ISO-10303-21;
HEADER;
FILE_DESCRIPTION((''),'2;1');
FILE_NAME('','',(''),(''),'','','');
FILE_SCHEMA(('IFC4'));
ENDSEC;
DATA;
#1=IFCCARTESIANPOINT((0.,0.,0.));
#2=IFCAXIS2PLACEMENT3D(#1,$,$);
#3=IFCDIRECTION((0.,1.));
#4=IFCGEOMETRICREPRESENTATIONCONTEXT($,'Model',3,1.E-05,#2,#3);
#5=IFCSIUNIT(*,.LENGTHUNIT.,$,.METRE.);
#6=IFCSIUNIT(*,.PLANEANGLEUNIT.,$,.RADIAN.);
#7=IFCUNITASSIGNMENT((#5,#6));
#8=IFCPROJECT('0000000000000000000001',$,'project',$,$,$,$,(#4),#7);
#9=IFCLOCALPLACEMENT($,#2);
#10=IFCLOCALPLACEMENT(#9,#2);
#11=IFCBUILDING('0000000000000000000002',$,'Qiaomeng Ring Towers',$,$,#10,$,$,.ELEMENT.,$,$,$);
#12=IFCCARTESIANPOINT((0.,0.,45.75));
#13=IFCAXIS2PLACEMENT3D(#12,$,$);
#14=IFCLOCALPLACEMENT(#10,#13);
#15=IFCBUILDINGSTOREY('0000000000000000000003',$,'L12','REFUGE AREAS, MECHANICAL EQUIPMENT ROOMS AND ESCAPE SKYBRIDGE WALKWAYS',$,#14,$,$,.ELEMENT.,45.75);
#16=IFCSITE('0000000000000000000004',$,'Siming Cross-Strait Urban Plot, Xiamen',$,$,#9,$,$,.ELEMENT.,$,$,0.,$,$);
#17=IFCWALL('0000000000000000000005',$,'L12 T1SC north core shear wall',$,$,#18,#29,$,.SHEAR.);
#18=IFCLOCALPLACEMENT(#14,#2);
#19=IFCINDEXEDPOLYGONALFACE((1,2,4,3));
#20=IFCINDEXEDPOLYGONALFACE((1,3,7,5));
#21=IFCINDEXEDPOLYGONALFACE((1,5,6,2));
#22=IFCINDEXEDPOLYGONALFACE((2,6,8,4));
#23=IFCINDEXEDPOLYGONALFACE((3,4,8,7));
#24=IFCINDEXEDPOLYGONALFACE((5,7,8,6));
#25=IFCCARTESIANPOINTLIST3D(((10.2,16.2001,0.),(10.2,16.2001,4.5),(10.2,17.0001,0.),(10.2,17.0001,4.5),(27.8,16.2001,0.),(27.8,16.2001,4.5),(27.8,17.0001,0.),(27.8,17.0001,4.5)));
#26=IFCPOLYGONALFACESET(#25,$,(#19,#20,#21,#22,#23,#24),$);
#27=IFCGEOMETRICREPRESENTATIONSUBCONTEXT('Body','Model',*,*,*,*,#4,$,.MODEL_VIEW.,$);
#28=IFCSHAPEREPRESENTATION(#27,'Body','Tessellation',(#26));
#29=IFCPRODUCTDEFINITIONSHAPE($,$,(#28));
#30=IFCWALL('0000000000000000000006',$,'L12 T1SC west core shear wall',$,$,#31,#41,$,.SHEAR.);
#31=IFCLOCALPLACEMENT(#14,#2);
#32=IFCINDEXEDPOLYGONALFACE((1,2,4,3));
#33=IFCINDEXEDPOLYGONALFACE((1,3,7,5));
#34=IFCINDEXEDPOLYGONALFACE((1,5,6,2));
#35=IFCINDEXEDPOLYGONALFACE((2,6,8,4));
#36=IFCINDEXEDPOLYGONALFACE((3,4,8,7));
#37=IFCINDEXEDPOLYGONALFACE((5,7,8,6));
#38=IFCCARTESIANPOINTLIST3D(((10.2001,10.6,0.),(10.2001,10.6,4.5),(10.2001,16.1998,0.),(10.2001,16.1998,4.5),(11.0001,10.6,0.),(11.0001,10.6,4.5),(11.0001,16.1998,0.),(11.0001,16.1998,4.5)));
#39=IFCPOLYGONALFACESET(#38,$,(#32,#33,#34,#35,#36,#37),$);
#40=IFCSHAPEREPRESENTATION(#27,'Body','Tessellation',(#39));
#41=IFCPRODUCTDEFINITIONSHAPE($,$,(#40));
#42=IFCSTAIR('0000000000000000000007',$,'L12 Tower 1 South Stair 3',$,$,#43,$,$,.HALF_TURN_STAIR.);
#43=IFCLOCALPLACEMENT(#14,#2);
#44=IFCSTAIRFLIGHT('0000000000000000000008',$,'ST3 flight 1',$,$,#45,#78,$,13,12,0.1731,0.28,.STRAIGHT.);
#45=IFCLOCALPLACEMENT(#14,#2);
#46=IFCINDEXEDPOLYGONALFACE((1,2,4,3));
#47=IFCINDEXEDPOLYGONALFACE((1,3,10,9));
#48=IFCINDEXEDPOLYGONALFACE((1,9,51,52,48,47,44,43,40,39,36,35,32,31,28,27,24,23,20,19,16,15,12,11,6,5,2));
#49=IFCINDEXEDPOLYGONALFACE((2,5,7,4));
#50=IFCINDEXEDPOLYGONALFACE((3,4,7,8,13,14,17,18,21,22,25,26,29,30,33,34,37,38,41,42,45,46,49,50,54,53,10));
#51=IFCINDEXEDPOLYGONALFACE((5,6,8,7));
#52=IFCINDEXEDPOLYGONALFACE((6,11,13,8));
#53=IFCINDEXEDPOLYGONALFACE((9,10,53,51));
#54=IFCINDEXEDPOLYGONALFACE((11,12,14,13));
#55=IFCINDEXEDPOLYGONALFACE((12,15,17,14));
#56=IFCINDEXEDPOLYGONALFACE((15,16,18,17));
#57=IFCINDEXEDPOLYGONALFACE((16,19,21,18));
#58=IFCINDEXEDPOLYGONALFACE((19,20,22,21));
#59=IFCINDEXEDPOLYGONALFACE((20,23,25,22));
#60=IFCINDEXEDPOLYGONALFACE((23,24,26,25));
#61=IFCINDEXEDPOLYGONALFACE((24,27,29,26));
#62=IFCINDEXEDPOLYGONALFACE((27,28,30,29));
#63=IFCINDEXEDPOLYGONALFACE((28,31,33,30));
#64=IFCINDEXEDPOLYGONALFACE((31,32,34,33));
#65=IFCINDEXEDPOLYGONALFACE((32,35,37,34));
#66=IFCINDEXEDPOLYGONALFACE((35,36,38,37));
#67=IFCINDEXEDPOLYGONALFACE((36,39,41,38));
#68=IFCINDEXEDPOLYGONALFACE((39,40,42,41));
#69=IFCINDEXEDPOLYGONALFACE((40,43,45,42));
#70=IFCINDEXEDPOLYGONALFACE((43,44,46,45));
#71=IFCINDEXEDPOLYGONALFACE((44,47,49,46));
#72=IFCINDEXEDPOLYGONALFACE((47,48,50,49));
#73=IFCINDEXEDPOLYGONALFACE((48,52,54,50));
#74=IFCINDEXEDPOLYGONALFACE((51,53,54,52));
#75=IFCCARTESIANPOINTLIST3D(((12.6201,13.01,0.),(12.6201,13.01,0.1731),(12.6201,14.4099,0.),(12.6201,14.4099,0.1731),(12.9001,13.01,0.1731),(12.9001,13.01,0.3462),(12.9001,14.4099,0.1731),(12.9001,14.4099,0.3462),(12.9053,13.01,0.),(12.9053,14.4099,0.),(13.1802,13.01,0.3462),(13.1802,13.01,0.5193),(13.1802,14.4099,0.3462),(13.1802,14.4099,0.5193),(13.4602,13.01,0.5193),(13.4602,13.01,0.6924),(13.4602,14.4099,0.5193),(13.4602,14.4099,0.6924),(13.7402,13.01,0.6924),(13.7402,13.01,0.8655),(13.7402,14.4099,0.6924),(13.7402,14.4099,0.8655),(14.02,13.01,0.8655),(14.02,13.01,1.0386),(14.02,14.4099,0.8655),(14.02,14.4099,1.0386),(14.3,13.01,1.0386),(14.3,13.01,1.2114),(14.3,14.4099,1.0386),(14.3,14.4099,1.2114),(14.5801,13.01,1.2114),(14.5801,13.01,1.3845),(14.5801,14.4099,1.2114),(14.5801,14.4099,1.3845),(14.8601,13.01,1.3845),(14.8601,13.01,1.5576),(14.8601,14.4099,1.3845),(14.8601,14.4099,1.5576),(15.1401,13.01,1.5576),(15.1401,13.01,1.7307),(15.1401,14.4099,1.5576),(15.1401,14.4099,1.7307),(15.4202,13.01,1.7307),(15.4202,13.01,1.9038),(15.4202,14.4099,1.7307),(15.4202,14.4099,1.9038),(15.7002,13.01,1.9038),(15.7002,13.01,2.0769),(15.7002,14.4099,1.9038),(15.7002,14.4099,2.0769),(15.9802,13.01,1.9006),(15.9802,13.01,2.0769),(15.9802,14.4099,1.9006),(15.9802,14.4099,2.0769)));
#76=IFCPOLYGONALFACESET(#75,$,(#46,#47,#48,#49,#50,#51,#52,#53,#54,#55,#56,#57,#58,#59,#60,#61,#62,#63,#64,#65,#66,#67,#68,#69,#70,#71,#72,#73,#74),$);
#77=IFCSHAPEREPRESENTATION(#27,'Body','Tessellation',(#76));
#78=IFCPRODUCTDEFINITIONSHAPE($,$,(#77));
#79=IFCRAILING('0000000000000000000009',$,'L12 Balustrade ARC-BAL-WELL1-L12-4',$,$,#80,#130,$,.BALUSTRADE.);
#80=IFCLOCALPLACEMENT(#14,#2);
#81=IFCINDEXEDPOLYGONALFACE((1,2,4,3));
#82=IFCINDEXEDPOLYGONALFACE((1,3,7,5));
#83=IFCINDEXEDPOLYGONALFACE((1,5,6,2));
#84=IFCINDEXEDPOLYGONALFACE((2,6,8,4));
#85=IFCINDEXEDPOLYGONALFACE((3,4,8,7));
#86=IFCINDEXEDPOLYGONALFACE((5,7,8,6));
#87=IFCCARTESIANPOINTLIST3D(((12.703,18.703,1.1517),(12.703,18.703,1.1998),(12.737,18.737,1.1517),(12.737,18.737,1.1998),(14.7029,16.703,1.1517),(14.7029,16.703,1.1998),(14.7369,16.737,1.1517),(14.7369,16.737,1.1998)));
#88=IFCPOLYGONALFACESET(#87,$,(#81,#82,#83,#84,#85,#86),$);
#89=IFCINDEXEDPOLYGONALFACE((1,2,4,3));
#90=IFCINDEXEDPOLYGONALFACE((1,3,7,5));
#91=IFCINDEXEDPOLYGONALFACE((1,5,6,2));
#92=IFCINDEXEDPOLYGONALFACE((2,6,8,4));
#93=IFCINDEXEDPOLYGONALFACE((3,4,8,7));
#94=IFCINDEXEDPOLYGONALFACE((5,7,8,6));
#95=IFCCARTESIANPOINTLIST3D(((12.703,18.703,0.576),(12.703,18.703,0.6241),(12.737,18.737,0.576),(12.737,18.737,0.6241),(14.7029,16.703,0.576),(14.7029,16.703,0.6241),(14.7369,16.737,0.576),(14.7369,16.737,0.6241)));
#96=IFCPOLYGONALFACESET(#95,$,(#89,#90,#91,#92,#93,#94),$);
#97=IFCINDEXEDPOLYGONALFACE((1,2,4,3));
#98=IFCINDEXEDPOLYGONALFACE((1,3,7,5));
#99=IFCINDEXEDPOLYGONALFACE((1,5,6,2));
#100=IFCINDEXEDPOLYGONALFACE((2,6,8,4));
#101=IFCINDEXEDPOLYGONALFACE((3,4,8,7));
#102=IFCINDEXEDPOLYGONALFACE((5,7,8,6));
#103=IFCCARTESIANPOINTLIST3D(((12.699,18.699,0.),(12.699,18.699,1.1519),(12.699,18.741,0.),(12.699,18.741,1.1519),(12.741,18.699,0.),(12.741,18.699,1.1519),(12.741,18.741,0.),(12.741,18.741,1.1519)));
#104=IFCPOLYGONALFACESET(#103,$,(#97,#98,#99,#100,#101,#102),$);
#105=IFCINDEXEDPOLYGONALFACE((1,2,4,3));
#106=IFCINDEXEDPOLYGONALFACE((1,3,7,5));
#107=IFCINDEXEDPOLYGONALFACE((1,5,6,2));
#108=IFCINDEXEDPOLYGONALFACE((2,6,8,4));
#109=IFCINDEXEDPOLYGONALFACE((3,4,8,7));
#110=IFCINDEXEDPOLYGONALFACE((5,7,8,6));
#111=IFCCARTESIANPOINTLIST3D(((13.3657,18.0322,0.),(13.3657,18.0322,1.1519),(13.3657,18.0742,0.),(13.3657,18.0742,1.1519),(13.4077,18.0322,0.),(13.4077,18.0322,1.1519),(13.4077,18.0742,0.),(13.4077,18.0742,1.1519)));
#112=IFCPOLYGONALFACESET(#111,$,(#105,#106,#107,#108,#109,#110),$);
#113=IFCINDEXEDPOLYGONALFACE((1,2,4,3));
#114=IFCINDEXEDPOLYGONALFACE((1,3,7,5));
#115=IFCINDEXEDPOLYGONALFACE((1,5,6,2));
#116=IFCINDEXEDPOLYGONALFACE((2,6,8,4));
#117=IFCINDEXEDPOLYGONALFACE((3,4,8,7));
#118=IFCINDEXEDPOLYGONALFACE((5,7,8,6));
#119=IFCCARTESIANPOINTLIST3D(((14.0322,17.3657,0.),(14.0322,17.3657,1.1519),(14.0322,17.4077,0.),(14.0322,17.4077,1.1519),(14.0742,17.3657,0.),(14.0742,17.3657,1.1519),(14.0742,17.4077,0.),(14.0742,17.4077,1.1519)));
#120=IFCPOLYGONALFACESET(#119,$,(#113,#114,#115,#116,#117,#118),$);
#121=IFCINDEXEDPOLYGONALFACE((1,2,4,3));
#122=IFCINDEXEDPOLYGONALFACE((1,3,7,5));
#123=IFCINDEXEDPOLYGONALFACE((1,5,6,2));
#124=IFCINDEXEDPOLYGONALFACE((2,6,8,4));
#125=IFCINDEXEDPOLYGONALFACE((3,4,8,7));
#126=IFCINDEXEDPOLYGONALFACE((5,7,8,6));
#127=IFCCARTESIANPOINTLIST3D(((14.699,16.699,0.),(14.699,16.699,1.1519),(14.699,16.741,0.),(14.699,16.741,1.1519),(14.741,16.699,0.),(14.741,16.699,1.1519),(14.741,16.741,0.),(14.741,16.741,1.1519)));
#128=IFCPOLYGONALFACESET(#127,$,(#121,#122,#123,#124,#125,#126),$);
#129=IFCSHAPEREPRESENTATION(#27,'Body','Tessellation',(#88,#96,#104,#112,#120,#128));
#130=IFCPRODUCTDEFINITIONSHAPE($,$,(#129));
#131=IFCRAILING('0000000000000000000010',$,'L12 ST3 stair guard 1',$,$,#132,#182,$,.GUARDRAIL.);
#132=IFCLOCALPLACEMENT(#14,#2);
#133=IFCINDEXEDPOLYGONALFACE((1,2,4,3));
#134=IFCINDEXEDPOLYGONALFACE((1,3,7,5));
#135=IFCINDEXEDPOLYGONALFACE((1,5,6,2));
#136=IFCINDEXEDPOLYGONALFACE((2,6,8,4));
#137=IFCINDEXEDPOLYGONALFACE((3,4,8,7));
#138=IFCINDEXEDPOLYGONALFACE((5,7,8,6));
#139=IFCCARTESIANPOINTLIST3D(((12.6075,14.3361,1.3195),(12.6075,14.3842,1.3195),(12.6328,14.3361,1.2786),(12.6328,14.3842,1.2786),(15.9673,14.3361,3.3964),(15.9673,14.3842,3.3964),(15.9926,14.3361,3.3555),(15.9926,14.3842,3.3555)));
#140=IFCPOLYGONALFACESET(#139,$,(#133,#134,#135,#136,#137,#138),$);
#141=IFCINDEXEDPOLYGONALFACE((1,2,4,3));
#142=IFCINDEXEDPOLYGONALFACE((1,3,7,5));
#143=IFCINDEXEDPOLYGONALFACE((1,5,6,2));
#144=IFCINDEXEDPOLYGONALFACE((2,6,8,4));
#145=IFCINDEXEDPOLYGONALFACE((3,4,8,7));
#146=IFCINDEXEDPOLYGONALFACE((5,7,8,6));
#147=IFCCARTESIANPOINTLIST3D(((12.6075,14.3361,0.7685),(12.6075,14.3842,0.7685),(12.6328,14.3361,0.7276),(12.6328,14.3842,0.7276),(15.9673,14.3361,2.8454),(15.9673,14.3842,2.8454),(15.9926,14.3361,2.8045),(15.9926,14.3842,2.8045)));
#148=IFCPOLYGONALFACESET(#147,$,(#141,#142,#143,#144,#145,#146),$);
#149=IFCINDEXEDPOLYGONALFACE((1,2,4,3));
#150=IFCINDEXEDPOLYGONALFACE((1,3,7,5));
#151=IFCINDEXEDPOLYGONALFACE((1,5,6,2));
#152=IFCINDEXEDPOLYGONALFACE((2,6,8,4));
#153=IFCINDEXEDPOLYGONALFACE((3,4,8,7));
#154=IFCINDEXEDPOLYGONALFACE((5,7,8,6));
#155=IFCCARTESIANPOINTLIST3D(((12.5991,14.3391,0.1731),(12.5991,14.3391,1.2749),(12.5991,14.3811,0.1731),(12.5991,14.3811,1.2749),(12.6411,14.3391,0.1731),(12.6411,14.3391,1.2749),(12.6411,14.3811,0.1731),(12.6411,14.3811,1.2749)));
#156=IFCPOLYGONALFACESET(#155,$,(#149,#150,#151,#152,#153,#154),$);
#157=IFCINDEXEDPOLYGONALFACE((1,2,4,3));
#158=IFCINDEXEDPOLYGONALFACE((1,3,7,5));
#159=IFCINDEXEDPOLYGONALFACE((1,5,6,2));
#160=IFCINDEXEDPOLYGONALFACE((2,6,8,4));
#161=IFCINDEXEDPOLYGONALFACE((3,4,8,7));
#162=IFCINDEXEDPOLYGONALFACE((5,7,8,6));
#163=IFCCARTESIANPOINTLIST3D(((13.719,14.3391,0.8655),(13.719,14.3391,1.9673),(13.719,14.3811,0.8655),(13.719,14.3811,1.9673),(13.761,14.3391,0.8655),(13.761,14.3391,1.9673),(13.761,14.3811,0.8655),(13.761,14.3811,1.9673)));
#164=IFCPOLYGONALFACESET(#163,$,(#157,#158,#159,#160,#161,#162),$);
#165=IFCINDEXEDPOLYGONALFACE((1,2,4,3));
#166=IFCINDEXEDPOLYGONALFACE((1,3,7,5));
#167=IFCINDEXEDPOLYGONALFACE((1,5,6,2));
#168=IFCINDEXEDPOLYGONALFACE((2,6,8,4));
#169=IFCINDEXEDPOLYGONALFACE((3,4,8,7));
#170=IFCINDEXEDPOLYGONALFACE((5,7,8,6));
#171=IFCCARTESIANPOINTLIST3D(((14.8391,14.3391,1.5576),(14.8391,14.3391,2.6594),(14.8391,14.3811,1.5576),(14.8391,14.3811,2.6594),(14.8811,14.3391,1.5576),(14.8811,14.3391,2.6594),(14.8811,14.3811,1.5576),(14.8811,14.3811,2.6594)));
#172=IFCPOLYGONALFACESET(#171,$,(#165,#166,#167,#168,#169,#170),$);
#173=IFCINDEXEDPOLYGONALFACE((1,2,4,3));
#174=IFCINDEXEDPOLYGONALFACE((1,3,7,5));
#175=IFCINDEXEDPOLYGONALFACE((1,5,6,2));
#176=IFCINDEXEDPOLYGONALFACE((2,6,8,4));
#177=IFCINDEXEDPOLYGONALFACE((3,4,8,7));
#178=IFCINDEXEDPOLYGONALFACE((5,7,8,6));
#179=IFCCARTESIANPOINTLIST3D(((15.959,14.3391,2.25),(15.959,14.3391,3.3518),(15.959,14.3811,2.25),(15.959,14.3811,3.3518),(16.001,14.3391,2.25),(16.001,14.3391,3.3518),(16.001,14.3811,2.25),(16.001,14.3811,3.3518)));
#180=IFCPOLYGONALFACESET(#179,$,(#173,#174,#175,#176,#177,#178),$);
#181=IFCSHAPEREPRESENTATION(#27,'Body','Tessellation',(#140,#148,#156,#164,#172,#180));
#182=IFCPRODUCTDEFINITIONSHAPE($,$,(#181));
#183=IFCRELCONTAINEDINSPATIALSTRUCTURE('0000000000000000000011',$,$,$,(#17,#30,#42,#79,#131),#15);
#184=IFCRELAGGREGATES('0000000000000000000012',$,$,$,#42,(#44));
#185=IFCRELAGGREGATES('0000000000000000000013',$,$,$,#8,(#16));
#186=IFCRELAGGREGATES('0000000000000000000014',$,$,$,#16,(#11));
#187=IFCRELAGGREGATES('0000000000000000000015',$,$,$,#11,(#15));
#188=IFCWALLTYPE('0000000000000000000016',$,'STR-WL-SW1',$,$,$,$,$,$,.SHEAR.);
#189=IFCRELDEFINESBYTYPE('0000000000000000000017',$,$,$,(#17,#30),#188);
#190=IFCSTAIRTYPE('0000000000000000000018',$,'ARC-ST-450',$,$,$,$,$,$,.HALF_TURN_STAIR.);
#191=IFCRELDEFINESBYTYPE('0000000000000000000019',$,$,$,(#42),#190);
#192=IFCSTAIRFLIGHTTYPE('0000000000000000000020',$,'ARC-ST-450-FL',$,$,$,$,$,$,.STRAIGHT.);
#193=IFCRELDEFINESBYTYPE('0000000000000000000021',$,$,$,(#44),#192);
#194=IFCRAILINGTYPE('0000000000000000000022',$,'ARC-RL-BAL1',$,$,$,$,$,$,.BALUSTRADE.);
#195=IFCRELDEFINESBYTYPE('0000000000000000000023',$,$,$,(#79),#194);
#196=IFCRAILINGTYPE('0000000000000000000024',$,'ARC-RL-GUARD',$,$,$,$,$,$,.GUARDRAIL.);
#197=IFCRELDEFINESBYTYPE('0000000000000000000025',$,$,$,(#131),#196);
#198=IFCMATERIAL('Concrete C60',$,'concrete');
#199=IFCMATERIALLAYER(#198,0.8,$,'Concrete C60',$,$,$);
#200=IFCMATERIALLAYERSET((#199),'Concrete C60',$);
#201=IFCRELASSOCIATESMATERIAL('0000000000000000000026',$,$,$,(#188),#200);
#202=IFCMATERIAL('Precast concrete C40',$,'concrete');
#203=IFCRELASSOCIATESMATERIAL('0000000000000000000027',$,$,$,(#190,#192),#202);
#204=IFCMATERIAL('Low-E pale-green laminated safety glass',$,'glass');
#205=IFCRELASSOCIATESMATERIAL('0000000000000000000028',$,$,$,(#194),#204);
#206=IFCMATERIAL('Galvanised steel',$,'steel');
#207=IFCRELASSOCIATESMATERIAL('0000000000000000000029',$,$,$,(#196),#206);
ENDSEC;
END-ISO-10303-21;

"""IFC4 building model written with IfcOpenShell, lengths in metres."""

from ifc_helpers import new_model, si_unit, direction, frame, frame_2d, origin, origin_2d, place, context, subcontext, project, spatial, polyline, rectangle, outline, extrude, source, transform, mapped, material, layer, layer_set, type_object, element, aggregate, save


model = new_model("IFC4")

# Units and contexts
model_context = context("Model", 3, precision=1e-05, world=origin(), true_north=direction((0.0, 1.0)))
body_context = subcontext(model_context, "Body", "Model", "MODEL_VIEW")
ifc_project = project(units=[si_unit("LENGTHUNIT", "METRE"), si_unit("PLANEANGLEUNIT", "RADIAN")], contexts=[model_context])

# Site, building, storey
site_placement = place(None, origin())
site = spatial("IfcSite", under=ifc_project, at=site_placement, Name="Siming Cross-Strait Urban Plot, Xiamen", CompositionType="ELEMENT", RefElevation=0.0)
building_placement = place(site_placement, origin())
building = spatial("IfcBuilding", under=site, at=building_placement, Name="Qiaomeng Ring Towers", CompositionType="ELEMENT")
storey_placement = place(building_placement, frame((0.0, 0.0, 45.75)))
storey = spatial("IfcBuildingStorey", under=building, at=storey_placement, Name="L12", Description="REFUGE AREAS, MECHANICAL EQUIPMENT ROOMS AND ESCAPE SKYBRIDGE WALKWAYS", CompositionType="ELEMENT", Elevation=45.75)

# Shared definitions
ifc_material_1 = material(Name="Galvanised steel", Category="steel")

# Shared definitions
ifc_material_2 = material(Name="Concrete C60", Category="concrete")
ifc_layer_1 = layer(ifc_material_2, 0.8, Name="Concrete C60")
ifc_layer_set_1 = layer_set([ifc_layer_1], Name="Concrete C60")
wall_type_1 = type_object("IfcWallType", Name="STR-WL-SW1", PredefinedType="SHEAR", material=ifc_layer_set_1)

# Walls
wall_1_placement = place(storey_placement, frame((10.2, 16.6001, 0.0), z_axis=(0.0, 0.0, 1.0), x_axis=(1.0, 0.0, 0.0)))
element("IfcWall", 1, at=wall_1_placement, inside=storey, type_object=wall_type_1, Name="L12 T1SC north core shear wall", PredefinedType="SHEAR", context=body_context, shape_type="SweptSolid", body=[
    extrude(rectangle(XDim=17.6001, YDim=0.8, at=frame_2d((8.8, 0.0))), origin(), (0.0, 0.0, 1.0), 4.5),
])
wall_2_placement = place(storey_placement, frame((10.6001, 10.6001, 0.0), z_axis=(0.0, 0.0, 1.0), x_axis=(0.0, 1.0, 0.0)))
element("IfcWall", 2, at=wall_2_placement, inside=storey, type_object=wall_type_1, Name="L12 T1SC west core shear wall", PredefinedType="SHEAR", context=body_context, shape_type="SweptSolid", body=[
    extrude(rectangle(XDim=5.5999, YDim=0.8, at=frame_2d((2.7998, 0.0))), origin(), (0.0, 0.0, 1.0), 4.5),
])

# Stair, stair flight
ifc_material_3 = material(Name="Precast concrete C40", Category="concrete")
stair_type = type_object("IfcStairType", Name="ARC-ST-450", PredefinedType="HALF_TURN_STAIR", material=ifc_material_3)
stair_placement = place(storey_placement, origin())
stair = element("IfcStair", 3, at=stair_placement, inside=storey, type_object=stair_type, Name="L12 Tower 1 South Stair 3", PredefinedType="HALF_TURN_STAIR")
stair_flight_type = type_object("IfcStairFlightType", Name="ARC-ST-450-FL", PredefinedType="STRAIGHT", material=ifc_material_3)
shared_shape_1 = source(origin(), body_context, "Body", "SweptSolid", [
    extrude(outline(polyline([(0.0, 0.0), (0.0, 0.1731), (0.28, 0.1731), (0.28, 0.3462), (0.5601, 0.3462), (0.5601, 0.5193), (0.8401, 0.5193), (0.8401, 0.6924), (1.1201, 0.6924), (1.1201, 0.8655), (1.3999, 0.8655), (1.3999, 1.0386), (1.6799, 1.0386), (1.6799, 1.2114), (1.96, 1.2114), (1.96, 1.3845), (2.24, 1.3845), (2.24, 1.5576), (2.52, 1.5576), (2.52, 1.7307), (2.8, 1.7307), (2.8, 1.9038), (3.0801, 1.9038), (3.0801, 2.0769), (3.3601, 2.0769), (3.3601, 2.25), (3.3601, 1.9006), (0.2852, 0.0), (0.0, 0.0)])), frame((0.0, 0.7, 0.0), z_axis=(0.0, -1.0, 0.0), x_axis=(1.0, 0.0, 0.0)), (0.0, 0.0, 1.0), 1.3999),
])
stair_flight_placement = place(storey_placement, frame((12.6201, 13.71, 0.0), z_axis=(0.0, 0.0, 1.0), x_axis=(1.0, 0.0, 0.0)))
stair_flight = element("IfcStairFlight", 4, at=stair_flight_placement, type_object=stair_flight_type, Name="ST3 flight 1", NumberOfRisers=13, NumberOfTreads=12, PredefinedType="STRAIGHT", RiserHeight=0.1731, TreadLength=0.28, context=body_context, shape_type="MappedRepresentation", body=[
    mapped(shared_shape_1, transform((0.0, 0.0, 0.0), x_axis=(1.0, 0.0, 0.0), y_axis=(0.0, 1.0, 0.0), z_axis=(0.0, 0.0, 1.0), scale=1.0)),
])
aggregate(stair, [stair_flight])

# Railings
ifc_material_4 = material(Name="Low-E pale-green laminated safety glass", Category="glass")
railing_type_1 = type_object("IfcRailingType", Name="ARC-RL-BAL1", PredefinedType="BALUSTRADE", material=ifc_material_4)
railing_1_placement = place(storey_placement, frame((12.72, 18.72, 0.0)))
element("IfcRailing", 5, at=railing_1_placement, inside=storey, type_object=railing_type_1, Name="L12 Balustrade ARC-BAL-WELL1-L12-4", PredefinedType="BALUSTRADE", context=body_context, shape_type="SweptSolid", body=[
    extrude(rectangle(XDim=0.0481, YDim=0.0481, at=origin_2d()), frame((0.0, 0.0, 1.1758), z_axis=(0.707107, -0.707107, 0.0), x_axis=(0.707107, 0.707107, 0.0)), (0.0, 0.0, 1.0), 2.8284),
    extrude(rectangle(XDim=0.0481, YDim=0.0481, at=origin_2d()), frame((0.0, 0.0, 0.6001), z_axis=(0.707107, -0.707107, 0.0), x_axis=(0.707107, 0.707107, 0.0)), (0.0, 0.0, 1.0), 2.8284),
    extrude(rectangle(XDim=0.042, YDim=0.042, at=origin_2d()), origin(), (0.0, 0.0, 1.0), 1.1519),
    extrude(rectangle(XDim=0.042, YDim=0.042, at=origin_2d()), frame((0.6667, -0.6667, 0.0)), (0.0, 0.0, 1.0), 1.1519),
    extrude(rectangle(XDim=0.042, YDim=0.042, at=origin_2d()), frame((1.3333, -1.3333, 0.0)), (0.0, 0.0, 1.0), 1.1519),
    extrude(rectangle(XDim=0.042, YDim=0.042, at=origin_2d()), frame((2.0, -2.0, 0.0)), (0.0, 0.0, 1.0), 1.1519),
])
railing_type_2 = type_object("IfcRailingType", Name="ARC-RL-GUARD", PredefinedType="GUARDRAIL", material=ifc_material_1)
railing_2_placement = place(storey_placement, frame((12.6201, 14.3601, 0.1731)))
element("IfcRailing", 6, at=railing_2_placement, inside=storey, type_object=railing_type_2, Name="L12 ST3 stair guard 1", PredefinedType="GUARDRAIL", context=body_context, shape_type="SweptSolid", body=[
    extrude(rectangle(XDim=0.0481, YDim=0.0481, at=origin_2d()), frame((0.0, 0.0, 1.126), z_axis=(0.850606, 0.0, 0.525803), x_axis=(0.0, 1.0, 0.0)), (0.0, 0.0, 1.0), 3.95),
    extrude(rectangle(XDim=0.0481, YDim=0.0481, at=origin_2d()), frame((0.0, 0.0, 0.575), z_axis=(0.850606, 0.0, 0.525803), x_axis=(0.0, 1.0, 0.0)), (0.0, 0.0, 1.0), 3.95),
    extrude(rectangle(XDim=0.042, YDim=0.042, at=origin_2d()), origin(), (0.0, 0.0, 1.0), 1.1018),
    extrude(rectangle(XDim=0.042, YDim=0.042, at=origin_2d()), frame((1.1199, 0.0, 0.6924)), (0.0, 0.0, 1.0), 1.1018),
    extrude(rectangle(XDim=0.042, YDim=0.042, at=origin_2d()), frame((2.24, 0.0, 1.3845)), (0.0, 0.0, 1.0), 1.1018),
    extrude(rectangle(XDim=0.042, YDim=0.042, at=origin_2d()), frame((3.3599, 0.0, 2.0769)), (0.0, 0.0, 1.0), 1.1018),
])

save(model, "model.ifc")
